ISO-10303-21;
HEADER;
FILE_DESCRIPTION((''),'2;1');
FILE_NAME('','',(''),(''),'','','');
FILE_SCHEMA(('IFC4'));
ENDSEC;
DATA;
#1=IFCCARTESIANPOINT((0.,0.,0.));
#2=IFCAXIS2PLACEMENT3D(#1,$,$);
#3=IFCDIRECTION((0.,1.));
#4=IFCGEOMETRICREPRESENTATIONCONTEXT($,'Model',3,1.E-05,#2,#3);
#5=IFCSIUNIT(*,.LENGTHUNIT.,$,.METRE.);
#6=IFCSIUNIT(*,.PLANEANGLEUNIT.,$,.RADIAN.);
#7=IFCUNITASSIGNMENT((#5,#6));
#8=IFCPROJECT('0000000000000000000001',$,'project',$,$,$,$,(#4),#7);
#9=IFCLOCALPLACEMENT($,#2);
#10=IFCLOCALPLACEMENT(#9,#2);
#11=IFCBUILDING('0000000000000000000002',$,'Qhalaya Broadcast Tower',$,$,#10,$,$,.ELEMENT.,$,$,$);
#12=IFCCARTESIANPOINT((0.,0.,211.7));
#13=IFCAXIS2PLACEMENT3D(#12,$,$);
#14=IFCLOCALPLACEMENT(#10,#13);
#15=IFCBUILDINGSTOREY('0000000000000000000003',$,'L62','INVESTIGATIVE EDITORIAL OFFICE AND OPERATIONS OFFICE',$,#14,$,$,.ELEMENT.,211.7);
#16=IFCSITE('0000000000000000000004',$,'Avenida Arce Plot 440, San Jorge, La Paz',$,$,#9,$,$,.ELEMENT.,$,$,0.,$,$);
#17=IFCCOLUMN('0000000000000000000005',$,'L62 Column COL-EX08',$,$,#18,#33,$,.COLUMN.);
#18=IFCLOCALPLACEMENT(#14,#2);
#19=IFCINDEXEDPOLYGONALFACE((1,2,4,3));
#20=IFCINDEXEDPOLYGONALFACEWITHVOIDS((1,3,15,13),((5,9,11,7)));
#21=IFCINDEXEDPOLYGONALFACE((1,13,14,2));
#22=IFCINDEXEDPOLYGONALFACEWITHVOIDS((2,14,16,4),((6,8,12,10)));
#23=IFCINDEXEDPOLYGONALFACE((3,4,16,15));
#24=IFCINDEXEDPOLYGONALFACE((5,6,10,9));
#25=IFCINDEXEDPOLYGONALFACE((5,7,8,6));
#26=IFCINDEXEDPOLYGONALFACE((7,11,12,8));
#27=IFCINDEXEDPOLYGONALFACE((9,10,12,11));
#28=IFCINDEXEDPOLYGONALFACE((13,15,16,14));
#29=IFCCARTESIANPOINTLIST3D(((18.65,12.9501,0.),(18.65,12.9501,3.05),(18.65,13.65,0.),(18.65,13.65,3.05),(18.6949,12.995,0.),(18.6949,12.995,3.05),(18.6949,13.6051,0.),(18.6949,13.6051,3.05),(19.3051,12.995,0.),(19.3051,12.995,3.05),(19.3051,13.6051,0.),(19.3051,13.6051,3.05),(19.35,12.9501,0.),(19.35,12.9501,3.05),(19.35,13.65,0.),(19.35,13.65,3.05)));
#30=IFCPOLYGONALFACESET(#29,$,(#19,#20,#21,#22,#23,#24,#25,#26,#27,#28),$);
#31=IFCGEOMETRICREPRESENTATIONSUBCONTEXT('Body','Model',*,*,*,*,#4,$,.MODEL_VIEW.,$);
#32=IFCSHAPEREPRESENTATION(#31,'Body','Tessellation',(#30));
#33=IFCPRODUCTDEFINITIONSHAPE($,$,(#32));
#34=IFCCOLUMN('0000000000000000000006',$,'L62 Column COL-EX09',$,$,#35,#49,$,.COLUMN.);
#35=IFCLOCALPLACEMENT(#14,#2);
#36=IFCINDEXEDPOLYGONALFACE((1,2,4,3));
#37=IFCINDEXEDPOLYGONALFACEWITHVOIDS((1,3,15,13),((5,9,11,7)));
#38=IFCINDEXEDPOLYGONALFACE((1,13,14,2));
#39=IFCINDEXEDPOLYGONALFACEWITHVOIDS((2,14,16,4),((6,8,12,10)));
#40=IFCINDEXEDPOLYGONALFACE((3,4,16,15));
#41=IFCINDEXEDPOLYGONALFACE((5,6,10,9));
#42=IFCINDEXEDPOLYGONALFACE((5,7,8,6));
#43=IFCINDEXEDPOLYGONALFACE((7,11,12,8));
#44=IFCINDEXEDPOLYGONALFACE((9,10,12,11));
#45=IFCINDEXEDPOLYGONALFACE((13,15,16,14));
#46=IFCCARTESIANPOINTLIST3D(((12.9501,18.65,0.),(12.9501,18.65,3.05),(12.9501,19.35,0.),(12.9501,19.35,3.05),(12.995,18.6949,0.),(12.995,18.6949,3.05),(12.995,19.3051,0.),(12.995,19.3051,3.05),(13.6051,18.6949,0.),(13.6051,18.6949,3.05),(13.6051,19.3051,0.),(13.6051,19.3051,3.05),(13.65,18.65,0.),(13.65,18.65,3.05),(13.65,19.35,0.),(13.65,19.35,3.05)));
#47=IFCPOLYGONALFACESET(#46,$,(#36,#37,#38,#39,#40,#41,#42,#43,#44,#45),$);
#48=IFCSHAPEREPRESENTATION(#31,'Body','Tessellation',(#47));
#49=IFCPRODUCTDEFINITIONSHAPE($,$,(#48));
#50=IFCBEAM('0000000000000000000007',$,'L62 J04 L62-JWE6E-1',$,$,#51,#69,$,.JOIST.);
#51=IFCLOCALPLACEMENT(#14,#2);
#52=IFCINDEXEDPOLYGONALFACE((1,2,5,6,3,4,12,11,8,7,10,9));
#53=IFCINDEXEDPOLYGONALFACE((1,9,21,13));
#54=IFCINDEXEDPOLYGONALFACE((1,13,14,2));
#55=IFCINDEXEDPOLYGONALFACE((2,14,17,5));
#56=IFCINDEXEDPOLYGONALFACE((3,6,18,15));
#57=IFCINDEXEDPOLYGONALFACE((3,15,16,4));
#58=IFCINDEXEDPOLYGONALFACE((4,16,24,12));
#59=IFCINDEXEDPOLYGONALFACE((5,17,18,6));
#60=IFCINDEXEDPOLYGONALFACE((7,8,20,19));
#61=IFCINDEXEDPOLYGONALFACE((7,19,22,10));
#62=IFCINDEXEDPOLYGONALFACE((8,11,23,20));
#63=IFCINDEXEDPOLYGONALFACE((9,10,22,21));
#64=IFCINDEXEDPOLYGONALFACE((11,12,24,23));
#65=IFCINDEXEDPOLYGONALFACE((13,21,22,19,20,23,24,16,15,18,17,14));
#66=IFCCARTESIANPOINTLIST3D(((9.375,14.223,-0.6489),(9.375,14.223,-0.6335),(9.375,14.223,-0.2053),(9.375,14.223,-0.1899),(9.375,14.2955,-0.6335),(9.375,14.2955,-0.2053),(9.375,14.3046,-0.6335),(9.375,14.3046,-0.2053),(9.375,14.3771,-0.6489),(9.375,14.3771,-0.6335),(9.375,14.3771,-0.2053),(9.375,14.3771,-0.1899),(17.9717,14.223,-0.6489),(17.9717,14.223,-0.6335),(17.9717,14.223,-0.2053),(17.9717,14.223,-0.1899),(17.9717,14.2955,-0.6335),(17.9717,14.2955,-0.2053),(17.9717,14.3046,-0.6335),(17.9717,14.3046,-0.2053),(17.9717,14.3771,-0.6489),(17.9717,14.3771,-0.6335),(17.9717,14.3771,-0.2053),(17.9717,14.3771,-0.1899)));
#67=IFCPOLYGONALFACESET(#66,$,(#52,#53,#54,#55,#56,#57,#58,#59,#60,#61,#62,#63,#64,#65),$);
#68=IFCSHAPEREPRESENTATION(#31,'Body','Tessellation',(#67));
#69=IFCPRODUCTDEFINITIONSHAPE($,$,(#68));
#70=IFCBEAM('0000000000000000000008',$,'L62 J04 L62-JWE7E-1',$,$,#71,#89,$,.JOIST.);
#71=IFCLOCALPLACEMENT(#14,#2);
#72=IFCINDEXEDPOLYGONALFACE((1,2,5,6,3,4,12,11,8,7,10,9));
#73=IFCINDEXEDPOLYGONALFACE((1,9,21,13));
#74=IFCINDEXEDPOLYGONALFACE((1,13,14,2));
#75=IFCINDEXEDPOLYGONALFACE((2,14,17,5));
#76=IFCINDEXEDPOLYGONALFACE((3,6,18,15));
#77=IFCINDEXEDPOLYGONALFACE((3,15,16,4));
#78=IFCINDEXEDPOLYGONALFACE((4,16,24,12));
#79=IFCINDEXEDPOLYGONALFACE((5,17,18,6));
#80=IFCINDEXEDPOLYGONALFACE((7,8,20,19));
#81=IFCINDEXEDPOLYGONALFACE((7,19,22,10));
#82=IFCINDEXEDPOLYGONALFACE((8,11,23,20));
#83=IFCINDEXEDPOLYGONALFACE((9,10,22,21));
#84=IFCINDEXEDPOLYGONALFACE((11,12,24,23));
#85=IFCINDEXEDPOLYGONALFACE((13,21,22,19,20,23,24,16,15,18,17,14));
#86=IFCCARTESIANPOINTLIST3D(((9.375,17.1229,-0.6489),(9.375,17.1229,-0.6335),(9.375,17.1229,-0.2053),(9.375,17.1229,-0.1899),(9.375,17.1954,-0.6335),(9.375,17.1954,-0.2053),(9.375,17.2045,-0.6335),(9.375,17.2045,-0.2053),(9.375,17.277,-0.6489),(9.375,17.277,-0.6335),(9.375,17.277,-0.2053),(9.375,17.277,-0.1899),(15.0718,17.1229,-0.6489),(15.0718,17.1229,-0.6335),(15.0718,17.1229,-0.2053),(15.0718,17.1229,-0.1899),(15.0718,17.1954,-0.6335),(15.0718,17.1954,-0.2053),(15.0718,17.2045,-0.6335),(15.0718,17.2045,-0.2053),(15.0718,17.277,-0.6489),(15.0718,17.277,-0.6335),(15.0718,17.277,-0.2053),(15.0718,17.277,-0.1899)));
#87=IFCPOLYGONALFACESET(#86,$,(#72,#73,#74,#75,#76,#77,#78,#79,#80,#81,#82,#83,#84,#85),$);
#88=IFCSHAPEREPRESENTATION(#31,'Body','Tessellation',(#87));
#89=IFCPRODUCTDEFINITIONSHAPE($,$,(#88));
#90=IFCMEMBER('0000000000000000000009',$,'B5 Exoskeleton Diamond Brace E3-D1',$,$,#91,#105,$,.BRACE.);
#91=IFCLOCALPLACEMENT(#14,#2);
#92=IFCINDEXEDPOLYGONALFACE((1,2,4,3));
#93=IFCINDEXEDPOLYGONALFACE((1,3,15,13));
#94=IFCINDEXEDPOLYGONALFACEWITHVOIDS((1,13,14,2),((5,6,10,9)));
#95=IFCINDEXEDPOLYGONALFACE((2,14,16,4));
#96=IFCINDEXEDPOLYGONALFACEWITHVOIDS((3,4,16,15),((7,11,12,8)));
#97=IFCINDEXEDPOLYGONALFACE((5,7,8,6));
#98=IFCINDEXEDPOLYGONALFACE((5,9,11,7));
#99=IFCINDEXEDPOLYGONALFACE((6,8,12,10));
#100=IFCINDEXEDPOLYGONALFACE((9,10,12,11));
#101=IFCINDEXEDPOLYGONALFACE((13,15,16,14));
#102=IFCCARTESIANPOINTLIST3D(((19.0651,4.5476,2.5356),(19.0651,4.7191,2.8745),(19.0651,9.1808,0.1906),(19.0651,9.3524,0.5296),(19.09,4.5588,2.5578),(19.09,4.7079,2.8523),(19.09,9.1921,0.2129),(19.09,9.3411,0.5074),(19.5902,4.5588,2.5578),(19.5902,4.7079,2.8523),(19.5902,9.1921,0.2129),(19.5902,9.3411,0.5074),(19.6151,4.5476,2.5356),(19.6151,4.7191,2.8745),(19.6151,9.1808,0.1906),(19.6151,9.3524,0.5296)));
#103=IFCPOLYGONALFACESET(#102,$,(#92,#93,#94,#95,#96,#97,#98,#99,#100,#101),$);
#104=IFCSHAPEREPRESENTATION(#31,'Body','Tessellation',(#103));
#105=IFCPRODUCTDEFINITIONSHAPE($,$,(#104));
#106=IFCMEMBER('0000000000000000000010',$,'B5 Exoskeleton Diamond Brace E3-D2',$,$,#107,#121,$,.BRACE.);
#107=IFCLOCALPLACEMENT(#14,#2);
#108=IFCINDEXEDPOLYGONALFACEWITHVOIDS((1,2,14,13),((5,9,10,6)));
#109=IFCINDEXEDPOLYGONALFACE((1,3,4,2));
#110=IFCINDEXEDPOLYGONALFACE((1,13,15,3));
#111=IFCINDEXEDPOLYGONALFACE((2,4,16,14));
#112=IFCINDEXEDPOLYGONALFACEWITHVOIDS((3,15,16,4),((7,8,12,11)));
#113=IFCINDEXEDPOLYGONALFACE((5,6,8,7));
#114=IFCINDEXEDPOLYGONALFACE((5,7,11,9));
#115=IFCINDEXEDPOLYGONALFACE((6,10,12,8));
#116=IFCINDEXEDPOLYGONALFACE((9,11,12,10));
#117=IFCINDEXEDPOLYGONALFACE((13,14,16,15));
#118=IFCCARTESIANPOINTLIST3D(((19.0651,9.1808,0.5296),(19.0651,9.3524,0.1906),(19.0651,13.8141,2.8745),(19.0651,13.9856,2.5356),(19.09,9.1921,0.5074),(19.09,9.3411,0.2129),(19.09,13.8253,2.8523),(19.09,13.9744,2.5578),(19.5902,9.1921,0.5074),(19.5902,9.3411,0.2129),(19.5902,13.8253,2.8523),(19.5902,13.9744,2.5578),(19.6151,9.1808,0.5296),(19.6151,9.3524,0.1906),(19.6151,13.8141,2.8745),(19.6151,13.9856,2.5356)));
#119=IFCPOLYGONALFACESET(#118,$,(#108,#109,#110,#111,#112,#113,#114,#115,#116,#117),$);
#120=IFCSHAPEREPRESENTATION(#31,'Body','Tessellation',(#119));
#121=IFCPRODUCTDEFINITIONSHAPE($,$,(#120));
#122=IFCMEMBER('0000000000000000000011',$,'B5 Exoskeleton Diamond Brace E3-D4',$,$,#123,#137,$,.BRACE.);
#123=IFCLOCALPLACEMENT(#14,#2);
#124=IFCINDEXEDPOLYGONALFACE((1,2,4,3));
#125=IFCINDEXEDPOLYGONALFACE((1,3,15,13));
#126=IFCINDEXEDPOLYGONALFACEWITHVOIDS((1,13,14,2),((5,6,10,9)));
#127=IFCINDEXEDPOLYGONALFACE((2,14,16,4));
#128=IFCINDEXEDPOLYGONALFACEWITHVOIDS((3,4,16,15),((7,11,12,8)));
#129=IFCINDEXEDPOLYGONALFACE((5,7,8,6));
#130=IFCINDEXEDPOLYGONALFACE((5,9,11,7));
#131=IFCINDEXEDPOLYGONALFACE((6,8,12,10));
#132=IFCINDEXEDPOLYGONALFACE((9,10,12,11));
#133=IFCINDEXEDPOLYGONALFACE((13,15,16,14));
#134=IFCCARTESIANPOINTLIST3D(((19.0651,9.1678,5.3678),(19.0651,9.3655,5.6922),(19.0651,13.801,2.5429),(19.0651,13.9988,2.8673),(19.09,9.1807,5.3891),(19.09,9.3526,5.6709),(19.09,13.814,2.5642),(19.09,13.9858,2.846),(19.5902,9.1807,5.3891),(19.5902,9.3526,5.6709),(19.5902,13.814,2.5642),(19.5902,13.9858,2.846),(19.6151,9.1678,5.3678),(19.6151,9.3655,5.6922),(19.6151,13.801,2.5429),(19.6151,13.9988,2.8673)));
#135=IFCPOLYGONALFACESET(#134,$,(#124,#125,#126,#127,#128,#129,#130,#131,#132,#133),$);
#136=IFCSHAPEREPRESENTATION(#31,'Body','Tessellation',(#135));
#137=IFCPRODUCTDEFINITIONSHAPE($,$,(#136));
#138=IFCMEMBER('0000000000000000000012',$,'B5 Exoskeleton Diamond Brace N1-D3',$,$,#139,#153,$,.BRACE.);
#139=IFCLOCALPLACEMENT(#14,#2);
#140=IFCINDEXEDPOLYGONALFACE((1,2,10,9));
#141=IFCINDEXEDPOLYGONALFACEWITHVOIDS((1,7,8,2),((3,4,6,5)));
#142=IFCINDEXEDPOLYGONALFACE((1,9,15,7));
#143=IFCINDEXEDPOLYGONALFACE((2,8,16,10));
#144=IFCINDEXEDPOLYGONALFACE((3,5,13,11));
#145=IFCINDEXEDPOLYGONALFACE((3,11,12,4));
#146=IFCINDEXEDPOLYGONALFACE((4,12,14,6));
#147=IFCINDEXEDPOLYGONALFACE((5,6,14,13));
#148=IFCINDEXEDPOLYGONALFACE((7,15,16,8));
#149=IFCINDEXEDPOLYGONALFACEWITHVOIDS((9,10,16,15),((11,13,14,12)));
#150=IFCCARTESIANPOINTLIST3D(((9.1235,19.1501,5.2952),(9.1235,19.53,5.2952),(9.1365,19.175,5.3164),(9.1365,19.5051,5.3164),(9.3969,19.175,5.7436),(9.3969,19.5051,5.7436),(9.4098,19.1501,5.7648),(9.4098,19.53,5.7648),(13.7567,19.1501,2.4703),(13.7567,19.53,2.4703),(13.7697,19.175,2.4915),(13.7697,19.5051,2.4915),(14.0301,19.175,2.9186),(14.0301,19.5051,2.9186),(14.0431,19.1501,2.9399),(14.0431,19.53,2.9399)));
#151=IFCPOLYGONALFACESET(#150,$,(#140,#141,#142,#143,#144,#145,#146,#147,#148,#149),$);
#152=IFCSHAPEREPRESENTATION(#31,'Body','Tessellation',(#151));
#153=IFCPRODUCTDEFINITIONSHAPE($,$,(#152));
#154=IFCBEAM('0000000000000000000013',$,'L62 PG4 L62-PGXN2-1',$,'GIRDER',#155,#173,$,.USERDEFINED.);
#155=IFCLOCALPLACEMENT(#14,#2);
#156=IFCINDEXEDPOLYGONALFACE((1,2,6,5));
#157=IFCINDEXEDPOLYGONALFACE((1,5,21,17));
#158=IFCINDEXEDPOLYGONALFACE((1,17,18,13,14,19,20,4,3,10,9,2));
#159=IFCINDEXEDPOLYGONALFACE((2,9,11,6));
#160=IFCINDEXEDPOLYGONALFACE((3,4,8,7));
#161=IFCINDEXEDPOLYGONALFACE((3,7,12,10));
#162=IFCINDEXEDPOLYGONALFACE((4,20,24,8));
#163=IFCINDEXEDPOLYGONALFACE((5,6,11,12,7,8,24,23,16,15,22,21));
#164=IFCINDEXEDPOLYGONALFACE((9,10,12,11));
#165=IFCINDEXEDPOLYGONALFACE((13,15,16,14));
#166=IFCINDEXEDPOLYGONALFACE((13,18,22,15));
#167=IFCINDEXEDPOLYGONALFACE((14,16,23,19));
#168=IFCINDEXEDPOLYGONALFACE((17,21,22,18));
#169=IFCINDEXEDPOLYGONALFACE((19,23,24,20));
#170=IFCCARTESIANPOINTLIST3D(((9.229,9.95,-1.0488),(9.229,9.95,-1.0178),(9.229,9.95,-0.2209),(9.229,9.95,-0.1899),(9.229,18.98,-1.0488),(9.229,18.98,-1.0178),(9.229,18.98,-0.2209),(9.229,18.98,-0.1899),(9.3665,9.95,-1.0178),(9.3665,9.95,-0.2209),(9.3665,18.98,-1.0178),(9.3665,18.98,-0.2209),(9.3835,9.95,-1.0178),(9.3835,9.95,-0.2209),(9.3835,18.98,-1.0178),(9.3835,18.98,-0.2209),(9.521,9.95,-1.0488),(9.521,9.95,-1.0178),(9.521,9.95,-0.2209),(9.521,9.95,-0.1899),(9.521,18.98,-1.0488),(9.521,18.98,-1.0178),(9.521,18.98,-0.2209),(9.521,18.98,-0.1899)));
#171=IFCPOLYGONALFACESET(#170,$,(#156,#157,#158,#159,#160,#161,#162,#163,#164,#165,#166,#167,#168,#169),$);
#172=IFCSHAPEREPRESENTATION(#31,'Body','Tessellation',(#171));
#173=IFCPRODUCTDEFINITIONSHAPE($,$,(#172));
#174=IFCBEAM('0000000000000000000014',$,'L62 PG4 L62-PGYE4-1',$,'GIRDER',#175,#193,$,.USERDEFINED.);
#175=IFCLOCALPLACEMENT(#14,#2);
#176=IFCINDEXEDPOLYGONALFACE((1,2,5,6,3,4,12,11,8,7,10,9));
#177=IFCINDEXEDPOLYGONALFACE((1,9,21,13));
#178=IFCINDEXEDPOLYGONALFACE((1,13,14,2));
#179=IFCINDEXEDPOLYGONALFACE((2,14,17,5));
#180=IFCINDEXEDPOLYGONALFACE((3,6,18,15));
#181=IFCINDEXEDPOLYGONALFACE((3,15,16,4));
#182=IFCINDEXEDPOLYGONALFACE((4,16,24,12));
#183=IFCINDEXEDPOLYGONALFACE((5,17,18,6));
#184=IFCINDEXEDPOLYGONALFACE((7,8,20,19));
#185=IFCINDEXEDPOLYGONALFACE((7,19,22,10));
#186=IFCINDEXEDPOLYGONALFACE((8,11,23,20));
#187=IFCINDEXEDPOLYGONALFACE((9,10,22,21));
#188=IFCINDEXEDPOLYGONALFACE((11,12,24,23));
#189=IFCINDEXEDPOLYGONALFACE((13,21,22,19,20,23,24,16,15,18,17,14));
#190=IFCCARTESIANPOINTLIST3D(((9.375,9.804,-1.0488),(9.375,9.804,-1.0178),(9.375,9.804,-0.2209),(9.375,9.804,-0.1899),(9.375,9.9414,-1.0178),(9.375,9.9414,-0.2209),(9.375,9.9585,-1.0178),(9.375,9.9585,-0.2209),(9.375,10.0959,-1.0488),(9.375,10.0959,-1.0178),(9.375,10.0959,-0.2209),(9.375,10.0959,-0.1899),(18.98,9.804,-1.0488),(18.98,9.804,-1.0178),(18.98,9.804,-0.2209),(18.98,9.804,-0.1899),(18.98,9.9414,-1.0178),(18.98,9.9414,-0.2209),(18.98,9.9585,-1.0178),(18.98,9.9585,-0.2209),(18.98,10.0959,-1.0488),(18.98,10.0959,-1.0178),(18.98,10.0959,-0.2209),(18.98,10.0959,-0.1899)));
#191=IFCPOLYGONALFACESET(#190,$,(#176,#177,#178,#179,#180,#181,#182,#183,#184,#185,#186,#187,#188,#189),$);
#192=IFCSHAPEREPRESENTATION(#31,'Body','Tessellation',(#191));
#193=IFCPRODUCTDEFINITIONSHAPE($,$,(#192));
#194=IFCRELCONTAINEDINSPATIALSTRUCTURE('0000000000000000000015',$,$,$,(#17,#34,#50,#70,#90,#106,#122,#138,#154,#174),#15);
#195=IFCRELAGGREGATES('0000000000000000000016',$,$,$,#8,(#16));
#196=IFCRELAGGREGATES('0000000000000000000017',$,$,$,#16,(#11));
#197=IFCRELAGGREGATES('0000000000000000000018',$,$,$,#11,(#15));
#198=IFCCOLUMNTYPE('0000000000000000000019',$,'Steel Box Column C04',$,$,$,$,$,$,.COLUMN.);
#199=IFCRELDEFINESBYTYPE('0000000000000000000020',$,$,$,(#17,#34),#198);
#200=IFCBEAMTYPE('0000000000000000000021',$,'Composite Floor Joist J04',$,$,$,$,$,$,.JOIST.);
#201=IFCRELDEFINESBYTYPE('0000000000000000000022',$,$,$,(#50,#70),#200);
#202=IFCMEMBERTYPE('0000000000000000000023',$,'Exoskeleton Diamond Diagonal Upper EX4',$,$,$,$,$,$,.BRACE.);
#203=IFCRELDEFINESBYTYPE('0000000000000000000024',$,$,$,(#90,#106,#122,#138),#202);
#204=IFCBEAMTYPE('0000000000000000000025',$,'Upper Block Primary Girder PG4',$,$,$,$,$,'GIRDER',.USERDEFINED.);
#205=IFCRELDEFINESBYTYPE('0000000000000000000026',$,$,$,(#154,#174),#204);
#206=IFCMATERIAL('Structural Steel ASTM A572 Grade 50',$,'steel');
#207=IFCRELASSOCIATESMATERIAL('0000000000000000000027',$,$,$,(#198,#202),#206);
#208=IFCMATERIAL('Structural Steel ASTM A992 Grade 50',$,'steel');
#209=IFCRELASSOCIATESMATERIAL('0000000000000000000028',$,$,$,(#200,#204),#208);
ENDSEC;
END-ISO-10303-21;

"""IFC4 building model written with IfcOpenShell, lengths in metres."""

from ifc_helpers import new_model, si_unit, direction, frame, origin, origin_2d, place, context, subcontext, project, spatial, hollow_rectangle, i_section, extrude, material, material_profile, profile_set, type_object, element, save


model = new_model("IFC4")

# Units and contexts
model_context = context("Model", 3, precision=1e-05, world=origin(), true_north=direction((0.0, 1.0)))
body_context = subcontext(model_context, "Body", "Model", "MODEL_VIEW")
ifc_project = project(units=[si_unit("LENGTHUNIT", "METRE"), si_unit("PLANEANGLEUNIT", "RADIAN")], contexts=[model_context])

# Site, building, storey
site_placement = place(None, origin())
site = spatial("IfcSite", under=ifc_project, at=site_placement, Name="Avenida Arce Plot 440, San Jorge, La Paz", CompositionType="ELEMENT", RefElevation=0.0)
building_placement = place(site_placement, origin())
building = spatial("IfcBuilding", under=site, at=building_placement, Name="Qhalaya Broadcast Tower", CompositionType="ELEMENT")
storey_placement = place(building_placement, frame((0.0, 0.0, 211.7)))
storey = spatial("IfcBuildingStorey", under=building, at=storey_placement, Name="L62", Description="INVESTIGATIVE EDITORIAL OFFICE AND OPERATIONS OFFICE", CompositionType="ELEMENT", Elevation=211.7)

# Columns
ifc_material_1 = material(Name="Structural Steel ASTM A572 Grade 50", Category="steel")
ifc_material_profile_1 = material_profile(ifc_material_1, hollow_rectangle(XDim=0.7, YDim=0.7, WallThickness=0.0449, at=origin_2d()), Name="BOX 700x700x45")
ifc_profile_set_1 = profile_set([ifc_material_profile_1], Name="Structural Steel ASTM A572 Grade 50")
column_type = type_object("IfcColumnType", Name="Steel Box Column C04", PredefinedType="COLUMN", material=ifc_profile_set_1)
for number, where, z_axis, x_axis, name in (
    (1, (19.0, 13.3, 0.0), (0.0, 0.0, 1.0), (0.0, 1.0, 0.0), "L62 Column COL-EX08"),
    (2, (13.3, 19.0, 0.0), (0.0, 0.0, 1.0), (1.0, 0.0, 0.0), "L62 Column COL-EX09"),
):
    element("IfcColumn", number, at=place(storey_placement, frame(where, z_axis=z_axis, x_axis=x_axis)), inside=storey, type_object=column_type, Name=name, PredefinedType="COLUMN", context=body_context, shape_type="SweptSolid", body=[
        extrude(hollow_rectangle(XDim=0.7, YDim=0.7, WallThickness=0.0449, at=origin_2d()), origin(), (0.0, 0.0, 1.0), 3.05),
    ])

# Beams
ifc_material_2 = material(Name="Structural Steel ASTM A992 Grade 50", Category="steel")
ifc_material_profile_2 = material_profile(ifc_material_2, i_section(OverallWidth=0.1541, OverallDepth=0.459, WebThickness=0.009, FlangeThickness=0.0154, at=origin_2d()), Name="W18X46")
ifc_profile_set_2 = profile_set([ifc_material_profile_2], Name="Structural Steel ASTM A992 Grade 50")
beam_type_1 = type_object("IfcBeamType", Name="Composite Floor Joist J04", PredefinedType="JOIST", material=ifc_profile_set_2)
beam_1_placement = place(storey_placement, frame((9.375, 14.3, -0.4194), z_axis=(1.0, 0.0, 0.0), x_axis=(0.0, 1.0, 0.0)))
element("IfcBeam", 3, at=beam_1_placement, inside=storey, type_object=beam_type_1, Name="L62 J04 L62-JWE6E-1", PredefinedType="JOIST", context=body_context, shape_type="SweptSolid", body=[
    extrude(i_section(OverallWidth=0.1541, OverallDepth=0.459, WebThickness=0.009, FlangeThickness=0.0154, at=origin_2d()), origin(), (0.0, 0.0, 1.0), 8.5967),
])
beam_2_placement = place(storey_placement, frame((9.375, 17.2, -0.4194), z_axis=(1.0, 0.0, 0.0), x_axis=(0.0, 1.0, 0.0)))
element("IfcBeam", 4, at=beam_2_placement, inside=storey, type_object=beam_type_1, Name="L62 J04 L62-JWE7E-1", PredefinedType="JOIST", context=body_context, shape_type="SweptSolid", body=[
    extrude(i_section(OverallWidth=0.1541, OverallDepth=0.459, WebThickness=0.009, FlangeThickness=0.0154, at=origin_2d()), origin(), (0.0, 0.0, 1.0), 5.6968),
])

# Members
ifc_material_profile_3 = material_profile(ifc_material_1, hollow_rectangle(XDim=0.3799, YDim=0.55, WallThickness=0.0249, at=origin_2d()), Name="BOX 380x550x25")
ifc_profile_set_3 = profile_set([ifc_material_profile_3], Name="Structural Steel ASTM A572 Grade 50")
member_type = type_object("IfcMemberType", Name="Exoskeleton Diamond Diagonal Upper EX4", PredefinedType="BRACE", material=ifc_profile_set_3)
for number, where, z_axis, x_axis, name in (
    (5, (19.3401, 9.2666, 0.3601), (0.0, -0.892235, 0.451571), (0.0, 0.451571, 0.892235), "B5 Exoskeleton Diamond Brace E3-D1"),
    (6, (19.3401, 9.2666, 0.3601), (0.0, 0.892235, 0.451571), (0.0, -0.451571, 0.892235), "B5 Exoskeleton Diamond Brace E3-D2"),
):
    element("IfcMember", number, at=place(storey_placement, frame(where, z_axis=z_axis, x_axis=x_axis)), inside=storey, type_object=member_type, Name=name, PredefinedType="BRACE", context=body_context, shape_type="SweptSolid", body=[
        extrude(hollow_rectangle(XDim=0.3799, YDim=0.55, WallThickness=0.0249, at=origin_2d()), origin(), (0.0, 0.0, 1.0), 5.1929),
    ])
for number, where, z_axis, x_axis, name in (
    (7, (19.3401, 13.8999, 2.7051), (0.0, -0.853815, 0.520576), (0.0, 0.520576, 0.853815), "B5 Exoskeleton Diamond Brace E3-D4"),
    (8, (13.8999, 19.3401, 2.7051), (-0.853815, 0.0, 0.520576), (0.0, -1.0, 0.0), "B5 Exoskeleton Diamond Brace N1-D3"),
):
    element("IfcMember", number, at=place(storey_placement, frame(where, z_axis=z_axis, x_axis=x_axis)), inside=storey, type_object=member_type, Name=name, PredefinedType="BRACE", context=body_context, shape_type="SweptSolid", body=[
        extrude(hollow_rectangle(XDim=0.3799, YDim=0.55, WallThickness=0.0249, at=origin_2d()), origin(), (0.0, 0.0, 1.0), 5.4265),
    ])

# Beams
ifc_material_profile_4 = material_profile(ifc_material_2, i_section(OverallWidth=0.292, OverallDepth=0.8589, WebThickness=0.0171, FlangeThickness=0.031, at=origin_2d()), Name="W33X169")
ifc_profile_set_4 = profile_set([ifc_material_profile_4], Name="Structural Steel ASTM A992 Grade 50")
beam_type_2 = type_object("IfcBeamType", Name="Upper Block Primary Girder PG4", ElementType="GIRDER", PredefinedType="USERDEFINED", material=ifc_profile_set_4)
beam_3_placement = place(storey_placement, frame((9.375, 9.95, -0.6194), z_axis=(0.0, 1.0, 0.0), x_axis=(-1.0, 0.0, 0.0)))
element("IfcBeam", 9, at=beam_3_placement, inside=storey, type_object=beam_type_2, Name="L62 PG4 L62-PGXN2-1", ObjectType="GIRDER", PredefinedType="USERDEFINED", context=body_context, shape_type="SweptSolid", body=[
    extrude(i_section(OverallWidth=0.292, OverallDepth=0.8589, WebThickness=0.0171, FlangeThickness=0.031, at=origin_2d()), origin(), (0.0, 0.0, 1.0), 9.03),
])
beam_4_placement = place(storey_placement, frame((9.375, 9.95, -0.6194), z_axis=(1.0, 0.0, 0.0), x_axis=(0.0, 1.0, 0.0)))
element("IfcBeam", 10, at=beam_4_placement, inside=storey, type_object=beam_type_2, Name="L62 PG4 L62-PGYE4-1", ObjectType="GIRDER", PredefinedType="USERDEFINED", context=body_context, shape_type="SweptSolid", body=[
    extrude(i_section(OverallWidth=0.292, OverallDepth=0.8589, WebThickness=0.0171, FlangeThickness=0.031, at=origin_2d()), origin(), (0.0, 0.0, 1.0), 9.605),
])

save(model, "model.ifc")
